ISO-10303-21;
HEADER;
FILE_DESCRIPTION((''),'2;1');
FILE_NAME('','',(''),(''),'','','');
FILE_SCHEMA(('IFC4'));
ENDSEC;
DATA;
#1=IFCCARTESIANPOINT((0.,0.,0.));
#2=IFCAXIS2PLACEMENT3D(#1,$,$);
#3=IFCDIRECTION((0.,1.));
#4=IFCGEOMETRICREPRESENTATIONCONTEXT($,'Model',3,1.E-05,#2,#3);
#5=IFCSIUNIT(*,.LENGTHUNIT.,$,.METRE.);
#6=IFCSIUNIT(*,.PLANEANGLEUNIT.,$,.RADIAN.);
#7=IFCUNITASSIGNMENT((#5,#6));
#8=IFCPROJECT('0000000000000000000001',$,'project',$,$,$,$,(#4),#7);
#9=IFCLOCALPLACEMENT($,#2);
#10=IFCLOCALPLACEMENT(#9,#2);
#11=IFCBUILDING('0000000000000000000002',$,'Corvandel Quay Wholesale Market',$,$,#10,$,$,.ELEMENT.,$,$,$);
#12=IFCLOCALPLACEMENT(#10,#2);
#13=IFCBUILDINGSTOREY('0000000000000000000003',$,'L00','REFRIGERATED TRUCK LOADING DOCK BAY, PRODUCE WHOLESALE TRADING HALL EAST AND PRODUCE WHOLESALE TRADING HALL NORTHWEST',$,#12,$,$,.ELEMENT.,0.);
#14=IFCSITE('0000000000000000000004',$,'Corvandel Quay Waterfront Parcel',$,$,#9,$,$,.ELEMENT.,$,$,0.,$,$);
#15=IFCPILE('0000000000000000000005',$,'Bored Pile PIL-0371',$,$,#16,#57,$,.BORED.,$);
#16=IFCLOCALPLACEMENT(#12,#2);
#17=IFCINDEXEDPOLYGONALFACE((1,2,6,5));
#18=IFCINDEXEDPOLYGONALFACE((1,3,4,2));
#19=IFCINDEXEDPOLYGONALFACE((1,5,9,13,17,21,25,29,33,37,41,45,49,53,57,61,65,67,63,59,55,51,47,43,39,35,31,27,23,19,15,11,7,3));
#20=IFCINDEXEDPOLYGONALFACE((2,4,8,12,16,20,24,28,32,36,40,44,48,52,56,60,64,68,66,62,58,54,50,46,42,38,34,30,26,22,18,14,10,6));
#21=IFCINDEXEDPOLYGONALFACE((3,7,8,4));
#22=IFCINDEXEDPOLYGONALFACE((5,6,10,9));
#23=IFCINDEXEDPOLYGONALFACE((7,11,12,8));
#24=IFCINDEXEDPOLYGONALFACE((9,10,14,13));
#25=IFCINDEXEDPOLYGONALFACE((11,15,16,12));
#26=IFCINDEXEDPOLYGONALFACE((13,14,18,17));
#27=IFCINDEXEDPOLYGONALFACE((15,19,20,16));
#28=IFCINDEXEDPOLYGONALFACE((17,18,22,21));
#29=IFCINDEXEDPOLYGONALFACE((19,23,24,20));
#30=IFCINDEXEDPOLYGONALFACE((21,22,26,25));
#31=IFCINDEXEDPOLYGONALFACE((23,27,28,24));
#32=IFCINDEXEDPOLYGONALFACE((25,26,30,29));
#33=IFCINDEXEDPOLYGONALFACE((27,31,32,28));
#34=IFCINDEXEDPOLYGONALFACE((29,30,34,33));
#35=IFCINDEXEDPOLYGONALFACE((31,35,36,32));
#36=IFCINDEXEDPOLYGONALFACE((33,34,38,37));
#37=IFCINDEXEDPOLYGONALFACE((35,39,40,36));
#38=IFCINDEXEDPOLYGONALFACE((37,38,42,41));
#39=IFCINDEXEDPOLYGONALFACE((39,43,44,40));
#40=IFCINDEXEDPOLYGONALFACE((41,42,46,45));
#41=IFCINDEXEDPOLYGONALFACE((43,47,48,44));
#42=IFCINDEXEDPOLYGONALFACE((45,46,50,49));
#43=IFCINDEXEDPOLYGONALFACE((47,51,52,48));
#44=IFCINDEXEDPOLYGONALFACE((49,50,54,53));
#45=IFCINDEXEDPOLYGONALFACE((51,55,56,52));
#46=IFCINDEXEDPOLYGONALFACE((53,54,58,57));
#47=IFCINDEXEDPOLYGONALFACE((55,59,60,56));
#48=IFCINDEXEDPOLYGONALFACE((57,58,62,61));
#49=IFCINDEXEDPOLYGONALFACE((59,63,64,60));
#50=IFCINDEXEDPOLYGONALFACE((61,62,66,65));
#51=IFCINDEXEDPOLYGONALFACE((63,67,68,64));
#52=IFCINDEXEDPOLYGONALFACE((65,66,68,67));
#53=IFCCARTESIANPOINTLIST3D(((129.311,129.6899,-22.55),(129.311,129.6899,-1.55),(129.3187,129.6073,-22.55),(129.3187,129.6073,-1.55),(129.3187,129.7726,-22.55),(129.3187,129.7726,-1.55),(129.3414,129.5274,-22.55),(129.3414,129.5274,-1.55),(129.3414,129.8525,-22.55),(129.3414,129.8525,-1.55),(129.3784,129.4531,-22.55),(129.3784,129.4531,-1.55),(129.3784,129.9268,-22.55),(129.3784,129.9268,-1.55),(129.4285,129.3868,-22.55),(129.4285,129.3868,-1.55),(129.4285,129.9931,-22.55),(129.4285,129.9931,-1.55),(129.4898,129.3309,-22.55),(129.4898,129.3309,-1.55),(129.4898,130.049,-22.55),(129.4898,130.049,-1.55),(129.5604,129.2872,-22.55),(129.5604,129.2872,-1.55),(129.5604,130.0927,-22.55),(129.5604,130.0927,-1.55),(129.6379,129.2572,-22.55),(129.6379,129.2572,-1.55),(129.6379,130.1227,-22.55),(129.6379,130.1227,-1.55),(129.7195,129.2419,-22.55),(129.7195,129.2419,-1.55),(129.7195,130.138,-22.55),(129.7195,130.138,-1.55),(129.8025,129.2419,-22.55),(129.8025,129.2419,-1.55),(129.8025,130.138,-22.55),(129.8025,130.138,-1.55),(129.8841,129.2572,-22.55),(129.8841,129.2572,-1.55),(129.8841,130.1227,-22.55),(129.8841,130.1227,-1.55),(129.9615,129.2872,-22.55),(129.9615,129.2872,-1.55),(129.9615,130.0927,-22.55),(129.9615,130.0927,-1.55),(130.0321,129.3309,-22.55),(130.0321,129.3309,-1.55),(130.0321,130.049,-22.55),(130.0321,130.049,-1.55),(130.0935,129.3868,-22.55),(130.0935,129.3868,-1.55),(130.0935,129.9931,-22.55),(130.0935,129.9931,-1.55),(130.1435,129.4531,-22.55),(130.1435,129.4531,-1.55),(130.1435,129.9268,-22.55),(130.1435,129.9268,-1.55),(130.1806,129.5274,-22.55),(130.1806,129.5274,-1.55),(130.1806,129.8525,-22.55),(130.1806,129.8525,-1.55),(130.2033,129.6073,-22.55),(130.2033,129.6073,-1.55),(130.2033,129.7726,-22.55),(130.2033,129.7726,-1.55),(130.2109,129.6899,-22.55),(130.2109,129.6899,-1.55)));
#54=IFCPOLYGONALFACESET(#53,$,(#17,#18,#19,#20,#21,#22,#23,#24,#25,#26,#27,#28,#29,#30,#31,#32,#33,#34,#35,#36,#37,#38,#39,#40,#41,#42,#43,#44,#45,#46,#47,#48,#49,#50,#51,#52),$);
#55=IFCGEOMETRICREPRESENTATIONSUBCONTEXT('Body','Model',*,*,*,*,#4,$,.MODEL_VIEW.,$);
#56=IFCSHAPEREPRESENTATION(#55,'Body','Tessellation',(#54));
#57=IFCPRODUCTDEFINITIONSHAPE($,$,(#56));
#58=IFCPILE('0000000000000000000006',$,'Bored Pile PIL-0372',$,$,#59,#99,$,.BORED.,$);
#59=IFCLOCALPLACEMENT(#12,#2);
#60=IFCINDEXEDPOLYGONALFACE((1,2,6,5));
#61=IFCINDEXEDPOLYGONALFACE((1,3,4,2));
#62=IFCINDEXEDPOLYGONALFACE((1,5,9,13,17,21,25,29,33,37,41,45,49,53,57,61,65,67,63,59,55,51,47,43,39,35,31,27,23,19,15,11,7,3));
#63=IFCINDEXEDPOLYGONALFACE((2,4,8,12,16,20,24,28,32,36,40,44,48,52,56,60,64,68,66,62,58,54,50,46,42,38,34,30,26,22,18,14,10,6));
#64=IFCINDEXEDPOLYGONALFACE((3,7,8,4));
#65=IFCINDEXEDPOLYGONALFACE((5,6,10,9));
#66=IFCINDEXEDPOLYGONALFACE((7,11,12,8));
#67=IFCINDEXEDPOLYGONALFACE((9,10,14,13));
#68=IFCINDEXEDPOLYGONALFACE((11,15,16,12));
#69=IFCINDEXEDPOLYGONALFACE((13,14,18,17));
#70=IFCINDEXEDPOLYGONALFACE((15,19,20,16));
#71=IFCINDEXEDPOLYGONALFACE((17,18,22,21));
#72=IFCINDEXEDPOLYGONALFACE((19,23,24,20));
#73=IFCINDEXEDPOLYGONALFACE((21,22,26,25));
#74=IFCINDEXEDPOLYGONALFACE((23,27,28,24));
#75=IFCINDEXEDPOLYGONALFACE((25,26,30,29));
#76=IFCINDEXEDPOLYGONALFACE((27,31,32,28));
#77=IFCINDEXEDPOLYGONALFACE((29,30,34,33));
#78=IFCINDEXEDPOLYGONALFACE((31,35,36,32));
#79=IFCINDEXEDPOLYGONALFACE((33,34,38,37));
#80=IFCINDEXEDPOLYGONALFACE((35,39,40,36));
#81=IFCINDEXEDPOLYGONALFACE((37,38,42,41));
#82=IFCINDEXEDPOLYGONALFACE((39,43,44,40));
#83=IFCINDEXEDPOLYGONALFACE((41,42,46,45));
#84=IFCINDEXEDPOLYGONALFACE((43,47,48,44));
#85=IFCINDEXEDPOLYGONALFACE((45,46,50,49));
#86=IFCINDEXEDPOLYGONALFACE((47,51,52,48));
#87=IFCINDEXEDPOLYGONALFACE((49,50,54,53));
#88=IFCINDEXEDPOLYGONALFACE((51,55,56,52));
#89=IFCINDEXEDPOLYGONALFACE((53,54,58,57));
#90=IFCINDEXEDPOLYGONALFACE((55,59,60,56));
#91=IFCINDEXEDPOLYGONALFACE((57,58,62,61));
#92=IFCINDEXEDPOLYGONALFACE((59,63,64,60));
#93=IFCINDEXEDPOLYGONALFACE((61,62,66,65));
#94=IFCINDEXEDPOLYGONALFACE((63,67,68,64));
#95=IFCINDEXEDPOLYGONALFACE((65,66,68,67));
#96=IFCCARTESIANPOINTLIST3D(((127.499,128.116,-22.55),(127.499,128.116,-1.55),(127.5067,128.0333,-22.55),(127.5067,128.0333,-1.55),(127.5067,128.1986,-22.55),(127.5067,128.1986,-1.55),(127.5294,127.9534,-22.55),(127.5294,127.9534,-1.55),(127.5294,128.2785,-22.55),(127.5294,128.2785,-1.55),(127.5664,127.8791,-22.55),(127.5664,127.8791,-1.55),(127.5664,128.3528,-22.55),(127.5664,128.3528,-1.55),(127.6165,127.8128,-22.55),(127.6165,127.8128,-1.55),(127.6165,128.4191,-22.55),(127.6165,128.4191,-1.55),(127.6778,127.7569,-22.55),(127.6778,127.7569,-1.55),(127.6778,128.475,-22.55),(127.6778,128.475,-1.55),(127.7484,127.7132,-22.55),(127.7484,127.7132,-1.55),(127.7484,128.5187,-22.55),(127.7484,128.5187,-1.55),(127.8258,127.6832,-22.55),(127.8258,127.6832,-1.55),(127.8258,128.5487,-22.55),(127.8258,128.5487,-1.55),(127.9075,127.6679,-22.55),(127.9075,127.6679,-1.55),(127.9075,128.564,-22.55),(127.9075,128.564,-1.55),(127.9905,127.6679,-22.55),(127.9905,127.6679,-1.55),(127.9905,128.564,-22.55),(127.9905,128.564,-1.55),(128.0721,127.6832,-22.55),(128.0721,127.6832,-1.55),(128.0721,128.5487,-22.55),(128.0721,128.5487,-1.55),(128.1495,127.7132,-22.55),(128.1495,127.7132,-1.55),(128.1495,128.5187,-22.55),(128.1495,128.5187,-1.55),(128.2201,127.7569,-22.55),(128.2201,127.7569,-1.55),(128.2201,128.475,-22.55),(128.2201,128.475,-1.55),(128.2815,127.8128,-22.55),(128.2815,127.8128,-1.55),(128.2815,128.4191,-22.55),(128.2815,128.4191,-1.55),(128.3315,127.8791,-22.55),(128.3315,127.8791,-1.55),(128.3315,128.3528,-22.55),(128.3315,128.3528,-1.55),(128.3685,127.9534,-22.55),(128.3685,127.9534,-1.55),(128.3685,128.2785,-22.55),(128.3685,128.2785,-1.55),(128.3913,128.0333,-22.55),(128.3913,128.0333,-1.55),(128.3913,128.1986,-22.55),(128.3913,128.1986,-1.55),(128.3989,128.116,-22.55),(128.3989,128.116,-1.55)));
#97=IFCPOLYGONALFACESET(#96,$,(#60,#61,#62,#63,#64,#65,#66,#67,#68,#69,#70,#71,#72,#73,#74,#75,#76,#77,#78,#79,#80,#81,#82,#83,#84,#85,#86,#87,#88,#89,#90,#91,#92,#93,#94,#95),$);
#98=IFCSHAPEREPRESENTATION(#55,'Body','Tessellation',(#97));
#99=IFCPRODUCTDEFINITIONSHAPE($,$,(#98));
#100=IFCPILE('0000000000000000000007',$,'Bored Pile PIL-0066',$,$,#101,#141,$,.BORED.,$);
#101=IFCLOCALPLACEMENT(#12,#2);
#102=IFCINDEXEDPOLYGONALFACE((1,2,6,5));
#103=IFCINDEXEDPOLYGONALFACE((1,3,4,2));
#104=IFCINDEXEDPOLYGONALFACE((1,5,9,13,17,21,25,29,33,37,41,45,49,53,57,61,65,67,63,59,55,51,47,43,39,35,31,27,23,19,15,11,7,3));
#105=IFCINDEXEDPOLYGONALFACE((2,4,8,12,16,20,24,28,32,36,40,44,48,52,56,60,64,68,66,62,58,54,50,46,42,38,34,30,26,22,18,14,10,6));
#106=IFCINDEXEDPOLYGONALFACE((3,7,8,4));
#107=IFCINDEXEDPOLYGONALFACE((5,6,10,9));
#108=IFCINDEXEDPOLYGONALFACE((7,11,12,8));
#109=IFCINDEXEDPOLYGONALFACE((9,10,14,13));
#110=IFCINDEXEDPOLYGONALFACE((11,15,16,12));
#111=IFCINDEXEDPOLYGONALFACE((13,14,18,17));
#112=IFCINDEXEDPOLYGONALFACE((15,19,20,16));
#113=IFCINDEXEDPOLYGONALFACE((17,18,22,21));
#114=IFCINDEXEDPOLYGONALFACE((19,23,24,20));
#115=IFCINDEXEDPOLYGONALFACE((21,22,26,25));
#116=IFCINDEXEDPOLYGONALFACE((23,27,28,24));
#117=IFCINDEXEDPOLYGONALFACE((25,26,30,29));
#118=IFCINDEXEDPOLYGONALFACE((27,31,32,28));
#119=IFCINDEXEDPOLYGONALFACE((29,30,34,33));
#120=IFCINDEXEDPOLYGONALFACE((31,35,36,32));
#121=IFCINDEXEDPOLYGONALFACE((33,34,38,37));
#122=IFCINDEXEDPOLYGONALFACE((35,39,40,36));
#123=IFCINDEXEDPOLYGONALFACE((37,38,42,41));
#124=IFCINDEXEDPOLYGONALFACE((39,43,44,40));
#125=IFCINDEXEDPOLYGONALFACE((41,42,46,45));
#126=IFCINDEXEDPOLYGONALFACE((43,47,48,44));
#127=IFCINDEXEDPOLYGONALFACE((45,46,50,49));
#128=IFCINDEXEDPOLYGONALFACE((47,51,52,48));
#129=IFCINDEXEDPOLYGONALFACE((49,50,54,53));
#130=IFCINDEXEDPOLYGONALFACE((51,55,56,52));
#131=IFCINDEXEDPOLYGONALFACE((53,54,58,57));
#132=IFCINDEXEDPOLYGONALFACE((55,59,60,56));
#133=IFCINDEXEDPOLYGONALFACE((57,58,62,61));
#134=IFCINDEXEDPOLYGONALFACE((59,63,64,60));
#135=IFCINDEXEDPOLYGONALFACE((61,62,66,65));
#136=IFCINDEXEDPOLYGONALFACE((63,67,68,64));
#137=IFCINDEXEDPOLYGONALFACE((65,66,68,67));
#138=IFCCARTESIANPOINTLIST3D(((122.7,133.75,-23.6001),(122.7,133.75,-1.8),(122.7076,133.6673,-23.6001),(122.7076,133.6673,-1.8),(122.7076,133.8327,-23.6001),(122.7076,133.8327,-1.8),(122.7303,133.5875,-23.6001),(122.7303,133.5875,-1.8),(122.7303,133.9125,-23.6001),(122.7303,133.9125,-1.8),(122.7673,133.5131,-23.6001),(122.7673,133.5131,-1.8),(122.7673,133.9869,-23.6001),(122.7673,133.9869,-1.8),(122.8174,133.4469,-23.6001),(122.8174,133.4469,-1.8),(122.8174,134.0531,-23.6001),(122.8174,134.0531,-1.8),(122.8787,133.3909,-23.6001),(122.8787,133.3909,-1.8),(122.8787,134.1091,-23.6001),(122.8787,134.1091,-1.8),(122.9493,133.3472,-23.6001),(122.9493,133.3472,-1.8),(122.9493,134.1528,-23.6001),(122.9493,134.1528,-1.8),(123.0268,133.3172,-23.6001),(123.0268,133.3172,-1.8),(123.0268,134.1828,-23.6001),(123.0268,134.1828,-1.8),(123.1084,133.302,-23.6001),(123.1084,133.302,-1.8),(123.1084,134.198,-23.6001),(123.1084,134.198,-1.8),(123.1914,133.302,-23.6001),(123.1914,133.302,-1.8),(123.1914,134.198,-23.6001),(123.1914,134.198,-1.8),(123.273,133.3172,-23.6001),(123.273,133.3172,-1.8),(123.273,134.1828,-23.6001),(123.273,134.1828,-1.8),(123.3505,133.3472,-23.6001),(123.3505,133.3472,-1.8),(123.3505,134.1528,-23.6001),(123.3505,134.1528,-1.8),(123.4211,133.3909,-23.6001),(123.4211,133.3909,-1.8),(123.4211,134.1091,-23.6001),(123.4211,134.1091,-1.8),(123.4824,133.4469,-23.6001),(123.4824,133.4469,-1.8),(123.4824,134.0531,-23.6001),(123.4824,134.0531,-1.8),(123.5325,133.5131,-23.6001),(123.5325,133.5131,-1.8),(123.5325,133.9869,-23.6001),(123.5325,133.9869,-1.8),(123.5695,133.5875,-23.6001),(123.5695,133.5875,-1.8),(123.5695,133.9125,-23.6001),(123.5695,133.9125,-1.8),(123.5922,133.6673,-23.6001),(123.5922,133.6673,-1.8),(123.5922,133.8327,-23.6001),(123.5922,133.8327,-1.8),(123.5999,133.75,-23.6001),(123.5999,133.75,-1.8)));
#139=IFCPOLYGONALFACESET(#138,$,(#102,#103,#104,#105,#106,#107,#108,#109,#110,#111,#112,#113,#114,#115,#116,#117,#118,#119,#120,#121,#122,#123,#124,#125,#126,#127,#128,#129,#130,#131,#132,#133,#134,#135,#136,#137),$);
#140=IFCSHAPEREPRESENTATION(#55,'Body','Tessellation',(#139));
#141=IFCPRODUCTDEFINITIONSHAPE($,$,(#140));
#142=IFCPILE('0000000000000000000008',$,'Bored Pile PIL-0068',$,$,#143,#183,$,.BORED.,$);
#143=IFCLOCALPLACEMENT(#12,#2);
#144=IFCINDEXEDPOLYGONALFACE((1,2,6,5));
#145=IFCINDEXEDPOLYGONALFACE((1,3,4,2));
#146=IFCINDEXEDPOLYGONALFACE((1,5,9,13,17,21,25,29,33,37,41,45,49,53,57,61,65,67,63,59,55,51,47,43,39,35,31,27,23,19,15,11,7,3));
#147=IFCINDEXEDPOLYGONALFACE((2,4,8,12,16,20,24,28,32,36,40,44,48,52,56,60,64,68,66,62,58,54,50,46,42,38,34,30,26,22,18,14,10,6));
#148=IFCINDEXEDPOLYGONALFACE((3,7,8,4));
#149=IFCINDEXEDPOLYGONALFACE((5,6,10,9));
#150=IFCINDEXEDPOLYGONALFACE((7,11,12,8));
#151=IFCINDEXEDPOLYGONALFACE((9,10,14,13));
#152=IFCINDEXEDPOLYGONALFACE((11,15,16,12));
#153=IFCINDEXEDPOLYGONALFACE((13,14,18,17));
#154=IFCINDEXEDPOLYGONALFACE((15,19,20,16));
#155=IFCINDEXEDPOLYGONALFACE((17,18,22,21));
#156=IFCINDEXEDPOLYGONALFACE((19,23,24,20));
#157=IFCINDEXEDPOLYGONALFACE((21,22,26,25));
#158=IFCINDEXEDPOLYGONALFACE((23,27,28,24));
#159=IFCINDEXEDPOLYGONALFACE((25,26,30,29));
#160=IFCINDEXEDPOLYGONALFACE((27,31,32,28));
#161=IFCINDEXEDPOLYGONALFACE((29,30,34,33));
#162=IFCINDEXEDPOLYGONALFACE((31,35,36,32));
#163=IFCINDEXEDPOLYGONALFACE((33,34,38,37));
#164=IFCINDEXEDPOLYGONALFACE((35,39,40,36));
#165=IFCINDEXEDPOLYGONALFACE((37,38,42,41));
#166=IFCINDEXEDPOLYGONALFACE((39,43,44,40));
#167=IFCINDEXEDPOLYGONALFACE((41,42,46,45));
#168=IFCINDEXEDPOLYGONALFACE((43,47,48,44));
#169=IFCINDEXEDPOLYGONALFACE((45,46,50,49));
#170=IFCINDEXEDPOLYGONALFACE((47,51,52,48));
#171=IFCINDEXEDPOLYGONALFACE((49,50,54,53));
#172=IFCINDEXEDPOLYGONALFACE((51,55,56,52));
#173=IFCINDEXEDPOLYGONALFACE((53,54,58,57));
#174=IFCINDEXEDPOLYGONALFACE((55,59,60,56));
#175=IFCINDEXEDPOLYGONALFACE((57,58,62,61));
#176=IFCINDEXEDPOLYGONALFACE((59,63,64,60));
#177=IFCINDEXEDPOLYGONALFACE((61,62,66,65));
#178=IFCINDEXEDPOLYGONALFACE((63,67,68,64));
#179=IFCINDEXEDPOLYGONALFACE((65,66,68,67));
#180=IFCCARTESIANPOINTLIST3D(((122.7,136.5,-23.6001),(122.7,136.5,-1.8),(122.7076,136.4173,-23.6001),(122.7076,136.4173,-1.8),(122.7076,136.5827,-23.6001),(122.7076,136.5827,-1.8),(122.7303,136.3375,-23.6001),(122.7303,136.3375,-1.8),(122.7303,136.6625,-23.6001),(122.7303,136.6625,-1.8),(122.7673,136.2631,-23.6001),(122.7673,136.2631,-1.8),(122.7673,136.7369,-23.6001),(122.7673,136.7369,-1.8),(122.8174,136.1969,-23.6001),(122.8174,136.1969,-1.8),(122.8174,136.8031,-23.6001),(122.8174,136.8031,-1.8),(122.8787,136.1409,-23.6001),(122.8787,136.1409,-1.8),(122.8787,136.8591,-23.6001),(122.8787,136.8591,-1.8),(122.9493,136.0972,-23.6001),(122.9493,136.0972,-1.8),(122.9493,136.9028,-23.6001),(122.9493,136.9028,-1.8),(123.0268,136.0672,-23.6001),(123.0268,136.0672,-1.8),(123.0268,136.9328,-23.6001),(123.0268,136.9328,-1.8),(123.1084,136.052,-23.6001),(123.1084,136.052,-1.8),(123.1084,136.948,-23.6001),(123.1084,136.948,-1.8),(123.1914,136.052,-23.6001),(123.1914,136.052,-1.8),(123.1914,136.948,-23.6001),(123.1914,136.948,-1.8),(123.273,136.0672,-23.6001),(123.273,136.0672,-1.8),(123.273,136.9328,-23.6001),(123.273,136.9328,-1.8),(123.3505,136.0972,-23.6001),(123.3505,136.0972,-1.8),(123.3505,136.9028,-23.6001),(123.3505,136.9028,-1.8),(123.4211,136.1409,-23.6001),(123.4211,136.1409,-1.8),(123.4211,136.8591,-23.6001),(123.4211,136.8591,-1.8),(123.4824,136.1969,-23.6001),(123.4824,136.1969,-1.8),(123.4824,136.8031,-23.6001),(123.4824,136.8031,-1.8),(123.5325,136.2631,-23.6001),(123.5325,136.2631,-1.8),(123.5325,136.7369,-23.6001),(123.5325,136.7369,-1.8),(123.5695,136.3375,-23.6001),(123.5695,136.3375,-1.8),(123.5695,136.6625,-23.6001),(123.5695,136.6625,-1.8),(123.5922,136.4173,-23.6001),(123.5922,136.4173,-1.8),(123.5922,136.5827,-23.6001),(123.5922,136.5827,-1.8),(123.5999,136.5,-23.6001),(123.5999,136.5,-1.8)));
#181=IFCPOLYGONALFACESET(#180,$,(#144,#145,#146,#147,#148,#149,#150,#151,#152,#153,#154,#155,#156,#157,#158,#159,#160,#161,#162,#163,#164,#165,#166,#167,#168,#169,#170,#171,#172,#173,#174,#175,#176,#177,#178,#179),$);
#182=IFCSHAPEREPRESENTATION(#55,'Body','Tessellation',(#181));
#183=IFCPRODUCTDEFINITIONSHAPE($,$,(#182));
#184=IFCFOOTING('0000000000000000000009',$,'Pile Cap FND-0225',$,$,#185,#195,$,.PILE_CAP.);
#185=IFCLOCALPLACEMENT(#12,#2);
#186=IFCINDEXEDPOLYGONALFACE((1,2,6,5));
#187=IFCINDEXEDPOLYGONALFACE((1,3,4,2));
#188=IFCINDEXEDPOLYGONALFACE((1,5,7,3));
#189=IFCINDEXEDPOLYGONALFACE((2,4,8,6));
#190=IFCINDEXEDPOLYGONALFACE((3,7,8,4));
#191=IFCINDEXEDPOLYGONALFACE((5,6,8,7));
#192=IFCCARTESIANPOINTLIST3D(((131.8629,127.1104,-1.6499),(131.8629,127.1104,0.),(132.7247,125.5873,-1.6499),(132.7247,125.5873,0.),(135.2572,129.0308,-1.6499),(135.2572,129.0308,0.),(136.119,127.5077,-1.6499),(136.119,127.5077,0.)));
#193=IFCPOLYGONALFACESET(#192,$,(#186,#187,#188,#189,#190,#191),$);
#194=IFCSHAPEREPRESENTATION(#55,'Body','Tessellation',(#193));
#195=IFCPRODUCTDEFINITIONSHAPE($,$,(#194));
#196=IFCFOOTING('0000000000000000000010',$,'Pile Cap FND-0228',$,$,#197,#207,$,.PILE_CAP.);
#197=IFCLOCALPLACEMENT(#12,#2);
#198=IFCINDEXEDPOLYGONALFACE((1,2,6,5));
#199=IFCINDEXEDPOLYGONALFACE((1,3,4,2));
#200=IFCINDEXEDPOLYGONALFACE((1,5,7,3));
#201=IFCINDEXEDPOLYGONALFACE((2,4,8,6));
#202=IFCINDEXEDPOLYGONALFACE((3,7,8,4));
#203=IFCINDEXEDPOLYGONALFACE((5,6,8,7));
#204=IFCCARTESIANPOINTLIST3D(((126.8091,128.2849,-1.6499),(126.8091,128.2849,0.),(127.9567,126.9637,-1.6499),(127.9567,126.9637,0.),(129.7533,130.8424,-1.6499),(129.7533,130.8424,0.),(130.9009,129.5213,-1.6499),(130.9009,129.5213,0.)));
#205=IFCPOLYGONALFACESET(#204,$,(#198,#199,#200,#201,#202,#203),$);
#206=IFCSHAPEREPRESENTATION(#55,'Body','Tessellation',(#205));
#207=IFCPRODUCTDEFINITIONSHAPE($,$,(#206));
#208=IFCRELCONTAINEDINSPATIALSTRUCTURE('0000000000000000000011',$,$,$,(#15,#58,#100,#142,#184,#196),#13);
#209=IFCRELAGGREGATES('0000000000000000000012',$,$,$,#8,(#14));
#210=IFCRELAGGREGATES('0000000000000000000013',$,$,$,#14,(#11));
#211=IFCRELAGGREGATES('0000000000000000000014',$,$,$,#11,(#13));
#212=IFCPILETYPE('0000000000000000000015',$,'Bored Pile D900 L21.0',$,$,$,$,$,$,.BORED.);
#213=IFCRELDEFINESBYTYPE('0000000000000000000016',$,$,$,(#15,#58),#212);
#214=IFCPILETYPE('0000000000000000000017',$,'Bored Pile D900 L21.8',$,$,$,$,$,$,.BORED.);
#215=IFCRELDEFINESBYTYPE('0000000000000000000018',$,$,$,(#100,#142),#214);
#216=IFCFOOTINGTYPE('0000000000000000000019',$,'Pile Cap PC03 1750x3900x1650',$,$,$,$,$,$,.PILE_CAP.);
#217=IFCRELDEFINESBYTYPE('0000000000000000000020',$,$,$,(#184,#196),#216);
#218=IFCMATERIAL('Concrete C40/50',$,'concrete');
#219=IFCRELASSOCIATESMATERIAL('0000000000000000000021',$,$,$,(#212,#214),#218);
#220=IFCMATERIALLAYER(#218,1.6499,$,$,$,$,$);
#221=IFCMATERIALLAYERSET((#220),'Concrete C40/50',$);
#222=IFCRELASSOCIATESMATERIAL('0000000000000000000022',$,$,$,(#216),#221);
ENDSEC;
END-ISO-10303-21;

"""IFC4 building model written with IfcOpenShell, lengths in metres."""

from ifc_helpers import new_model, si_unit, direction, frame, origin, origin_2d, place, context, subcontext, project, spatial, rectangle, circle, extrude, material, layer, layer_set, material_profile, profile_set, type_object, element, save


model = new_model("IFC4")

# Units and contexts
model_context = context("Model", 3, precision=1e-05, world=origin(), true_north=direction((0.0, 1.0)))
body_context = subcontext(model_context, "Body", "Model", "MODEL_VIEW")
ifc_project = project(units=[si_unit("LENGTHUNIT", "METRE"), si_unit("PLANEANGLEUNIT", "RADIAN")], contexts=[model_context])

# Site, building, storey
site_placement = place(None, origin())
site = spatial("IfcSite", under=ifc_project, at=site_placement, Name="Corvandel Quay Waterfront Parcel", CompositionType="ELEMENT", RefElevation=0.0)
building_placement = place(site_placement, origin())
building = spatial("IfcBuilding", under=site, at=building_placement, Name="Corvandel Quay Wholesale Market", CompositionType="ELEMENT")
storey_placement = place(building_placement, origin())
storey = spatial("IfcBuildingStorey", under=building, at=storey_placement, Name="L00", Description="REFRIGERATED TRUCK LOADING DOCK BAY, PRODUCE WHOLESALE TRADING HALL EAST AND PRODUCE WHOLESALE TRADING HALL NORTHWEST", CompositionType="ELEMENT", Elevation=0.0)

# Piles
ifc_material_1 = material(Name="Concrete C40/50", Category="concrete")
ifc_material_profile_1 = material_profile(ifc_material_1, circle(Radius=0.45, at=origin_2d()), Name="RC-PILE-D900")
ifc_profile_set_1 = profile_set([ifc_material_profile_1], Name="Concrete C40/50")
pile_type_1 = type_object("IfcPileType", Name="Bored Pile D900 L21.0", PredefinedType="BORED", material=ifc_profile_set_1)
for number, where, z_axis, x_axis, name in (
    (1, (129.761, 129.6899, -1.55), (0.0, 0.0, -1.0), (1.0, 0.0, 0.0), "Bored Pile PIL-0371"),
    (2, (127.949, 128.116, -1.55), (0.0, 0.0, -1.0), (1.0, 0.0, 0.0), "Bored Pile PIL-0372"),
):
    element("IfcPile", number, at=place(storey_placement, frame(where, z_axis=z_axis, x_axis=x_axis)), inside=storey, type_object=pile_type_1, Name=name, PredefinedType="BORED", context=body_context, shape_type="SweptSolid", body=[
        extrude(circle(Radius=0.45, at=origin_2d()), origin(), (0.0, 0.0, 1.0), 21.0),
    ])
ifc_material_profile_2 = material_profile(ifc_material_1, circle(Radius=0.45, at=origin_2d()), Name="RC-PILE-D900")
ifc_profile_set_2 = profile_set([ifc_material_profile_2], Name="Concrete C40/50")
pile_type_2 = type_object("IfcPileType", Name="Bored Pile D900 L21.8", PredefinedType="BORED", material=ifc_profile_set_2)
for number, where, z_axis, x_axis, name in (
    (3, (123.1499, 133.75, -1.8), (0.0, 0.0, -1.0), (1.0, 0.0, 0.0), "Bored Pile PIL-0066"),
    (4, (123.1499, 136.5, -1.8), (0.0, 0.0, -1.0), (1.0, 0.0, 0.0), "Bored Pile PIL-0068"),
):
    element("IfcPile", number, at=place(storey_placement, frame(where, z_axis=z_axis, x_axis=x_axis)), inside=storey, type_object=pile_type_2, Name=name, PredefinedType="BORED", context=body_context, shape_type="SweptSolid", body=[
        extrude(circle(Radius=0.45, at=origin_2d()), origin(), (0.0, 0.0, 1.0), 21.8),
    ])

# Footings
ifc_layer_1 = layer(ifc_material_1, 1.6499)
ifc_layer_set_1 = layer_set([ifc_layer_1], Name="Concrete C40/50")
footing_type_1 = type_object("IfcFootingType", Name="Pile Cap PC03 1750x3900x1650", PredefinedType="PILE_CAP", material=ifc_layer_set_1)
for number, where, z_axis, x_axis, name in (
    (5, (133.991, 127.3091, -1.6499), (0.0, 0.0, 1.0), (-0.492424, 0.870356, 0.0), "Pile Cap FND-0225"),
    (6, (128.855, 128.9031, -1.6499), (0.0, 0.0, 1.0), (-0.655796, 0.754939, 0.0), "Pile Cap FND-0228"),
):
    element("IfcFooting", number, at=place(storey_placement, frame(where, z_axis=z_axis, x_axis=x_axis)), inside=storey, type_object=footing_type_1, Name=name, PredefinedType="PILE_CAP", context=body_context, shape_type="SweptSolid", body=[
        extrude(rectangle(XDim=1.75, YDim=3.8999, at=origin_2d()), origin(), (0.0, 0.0, 1.0), 1.6499),
    ])

save(model, "model.ifc")
